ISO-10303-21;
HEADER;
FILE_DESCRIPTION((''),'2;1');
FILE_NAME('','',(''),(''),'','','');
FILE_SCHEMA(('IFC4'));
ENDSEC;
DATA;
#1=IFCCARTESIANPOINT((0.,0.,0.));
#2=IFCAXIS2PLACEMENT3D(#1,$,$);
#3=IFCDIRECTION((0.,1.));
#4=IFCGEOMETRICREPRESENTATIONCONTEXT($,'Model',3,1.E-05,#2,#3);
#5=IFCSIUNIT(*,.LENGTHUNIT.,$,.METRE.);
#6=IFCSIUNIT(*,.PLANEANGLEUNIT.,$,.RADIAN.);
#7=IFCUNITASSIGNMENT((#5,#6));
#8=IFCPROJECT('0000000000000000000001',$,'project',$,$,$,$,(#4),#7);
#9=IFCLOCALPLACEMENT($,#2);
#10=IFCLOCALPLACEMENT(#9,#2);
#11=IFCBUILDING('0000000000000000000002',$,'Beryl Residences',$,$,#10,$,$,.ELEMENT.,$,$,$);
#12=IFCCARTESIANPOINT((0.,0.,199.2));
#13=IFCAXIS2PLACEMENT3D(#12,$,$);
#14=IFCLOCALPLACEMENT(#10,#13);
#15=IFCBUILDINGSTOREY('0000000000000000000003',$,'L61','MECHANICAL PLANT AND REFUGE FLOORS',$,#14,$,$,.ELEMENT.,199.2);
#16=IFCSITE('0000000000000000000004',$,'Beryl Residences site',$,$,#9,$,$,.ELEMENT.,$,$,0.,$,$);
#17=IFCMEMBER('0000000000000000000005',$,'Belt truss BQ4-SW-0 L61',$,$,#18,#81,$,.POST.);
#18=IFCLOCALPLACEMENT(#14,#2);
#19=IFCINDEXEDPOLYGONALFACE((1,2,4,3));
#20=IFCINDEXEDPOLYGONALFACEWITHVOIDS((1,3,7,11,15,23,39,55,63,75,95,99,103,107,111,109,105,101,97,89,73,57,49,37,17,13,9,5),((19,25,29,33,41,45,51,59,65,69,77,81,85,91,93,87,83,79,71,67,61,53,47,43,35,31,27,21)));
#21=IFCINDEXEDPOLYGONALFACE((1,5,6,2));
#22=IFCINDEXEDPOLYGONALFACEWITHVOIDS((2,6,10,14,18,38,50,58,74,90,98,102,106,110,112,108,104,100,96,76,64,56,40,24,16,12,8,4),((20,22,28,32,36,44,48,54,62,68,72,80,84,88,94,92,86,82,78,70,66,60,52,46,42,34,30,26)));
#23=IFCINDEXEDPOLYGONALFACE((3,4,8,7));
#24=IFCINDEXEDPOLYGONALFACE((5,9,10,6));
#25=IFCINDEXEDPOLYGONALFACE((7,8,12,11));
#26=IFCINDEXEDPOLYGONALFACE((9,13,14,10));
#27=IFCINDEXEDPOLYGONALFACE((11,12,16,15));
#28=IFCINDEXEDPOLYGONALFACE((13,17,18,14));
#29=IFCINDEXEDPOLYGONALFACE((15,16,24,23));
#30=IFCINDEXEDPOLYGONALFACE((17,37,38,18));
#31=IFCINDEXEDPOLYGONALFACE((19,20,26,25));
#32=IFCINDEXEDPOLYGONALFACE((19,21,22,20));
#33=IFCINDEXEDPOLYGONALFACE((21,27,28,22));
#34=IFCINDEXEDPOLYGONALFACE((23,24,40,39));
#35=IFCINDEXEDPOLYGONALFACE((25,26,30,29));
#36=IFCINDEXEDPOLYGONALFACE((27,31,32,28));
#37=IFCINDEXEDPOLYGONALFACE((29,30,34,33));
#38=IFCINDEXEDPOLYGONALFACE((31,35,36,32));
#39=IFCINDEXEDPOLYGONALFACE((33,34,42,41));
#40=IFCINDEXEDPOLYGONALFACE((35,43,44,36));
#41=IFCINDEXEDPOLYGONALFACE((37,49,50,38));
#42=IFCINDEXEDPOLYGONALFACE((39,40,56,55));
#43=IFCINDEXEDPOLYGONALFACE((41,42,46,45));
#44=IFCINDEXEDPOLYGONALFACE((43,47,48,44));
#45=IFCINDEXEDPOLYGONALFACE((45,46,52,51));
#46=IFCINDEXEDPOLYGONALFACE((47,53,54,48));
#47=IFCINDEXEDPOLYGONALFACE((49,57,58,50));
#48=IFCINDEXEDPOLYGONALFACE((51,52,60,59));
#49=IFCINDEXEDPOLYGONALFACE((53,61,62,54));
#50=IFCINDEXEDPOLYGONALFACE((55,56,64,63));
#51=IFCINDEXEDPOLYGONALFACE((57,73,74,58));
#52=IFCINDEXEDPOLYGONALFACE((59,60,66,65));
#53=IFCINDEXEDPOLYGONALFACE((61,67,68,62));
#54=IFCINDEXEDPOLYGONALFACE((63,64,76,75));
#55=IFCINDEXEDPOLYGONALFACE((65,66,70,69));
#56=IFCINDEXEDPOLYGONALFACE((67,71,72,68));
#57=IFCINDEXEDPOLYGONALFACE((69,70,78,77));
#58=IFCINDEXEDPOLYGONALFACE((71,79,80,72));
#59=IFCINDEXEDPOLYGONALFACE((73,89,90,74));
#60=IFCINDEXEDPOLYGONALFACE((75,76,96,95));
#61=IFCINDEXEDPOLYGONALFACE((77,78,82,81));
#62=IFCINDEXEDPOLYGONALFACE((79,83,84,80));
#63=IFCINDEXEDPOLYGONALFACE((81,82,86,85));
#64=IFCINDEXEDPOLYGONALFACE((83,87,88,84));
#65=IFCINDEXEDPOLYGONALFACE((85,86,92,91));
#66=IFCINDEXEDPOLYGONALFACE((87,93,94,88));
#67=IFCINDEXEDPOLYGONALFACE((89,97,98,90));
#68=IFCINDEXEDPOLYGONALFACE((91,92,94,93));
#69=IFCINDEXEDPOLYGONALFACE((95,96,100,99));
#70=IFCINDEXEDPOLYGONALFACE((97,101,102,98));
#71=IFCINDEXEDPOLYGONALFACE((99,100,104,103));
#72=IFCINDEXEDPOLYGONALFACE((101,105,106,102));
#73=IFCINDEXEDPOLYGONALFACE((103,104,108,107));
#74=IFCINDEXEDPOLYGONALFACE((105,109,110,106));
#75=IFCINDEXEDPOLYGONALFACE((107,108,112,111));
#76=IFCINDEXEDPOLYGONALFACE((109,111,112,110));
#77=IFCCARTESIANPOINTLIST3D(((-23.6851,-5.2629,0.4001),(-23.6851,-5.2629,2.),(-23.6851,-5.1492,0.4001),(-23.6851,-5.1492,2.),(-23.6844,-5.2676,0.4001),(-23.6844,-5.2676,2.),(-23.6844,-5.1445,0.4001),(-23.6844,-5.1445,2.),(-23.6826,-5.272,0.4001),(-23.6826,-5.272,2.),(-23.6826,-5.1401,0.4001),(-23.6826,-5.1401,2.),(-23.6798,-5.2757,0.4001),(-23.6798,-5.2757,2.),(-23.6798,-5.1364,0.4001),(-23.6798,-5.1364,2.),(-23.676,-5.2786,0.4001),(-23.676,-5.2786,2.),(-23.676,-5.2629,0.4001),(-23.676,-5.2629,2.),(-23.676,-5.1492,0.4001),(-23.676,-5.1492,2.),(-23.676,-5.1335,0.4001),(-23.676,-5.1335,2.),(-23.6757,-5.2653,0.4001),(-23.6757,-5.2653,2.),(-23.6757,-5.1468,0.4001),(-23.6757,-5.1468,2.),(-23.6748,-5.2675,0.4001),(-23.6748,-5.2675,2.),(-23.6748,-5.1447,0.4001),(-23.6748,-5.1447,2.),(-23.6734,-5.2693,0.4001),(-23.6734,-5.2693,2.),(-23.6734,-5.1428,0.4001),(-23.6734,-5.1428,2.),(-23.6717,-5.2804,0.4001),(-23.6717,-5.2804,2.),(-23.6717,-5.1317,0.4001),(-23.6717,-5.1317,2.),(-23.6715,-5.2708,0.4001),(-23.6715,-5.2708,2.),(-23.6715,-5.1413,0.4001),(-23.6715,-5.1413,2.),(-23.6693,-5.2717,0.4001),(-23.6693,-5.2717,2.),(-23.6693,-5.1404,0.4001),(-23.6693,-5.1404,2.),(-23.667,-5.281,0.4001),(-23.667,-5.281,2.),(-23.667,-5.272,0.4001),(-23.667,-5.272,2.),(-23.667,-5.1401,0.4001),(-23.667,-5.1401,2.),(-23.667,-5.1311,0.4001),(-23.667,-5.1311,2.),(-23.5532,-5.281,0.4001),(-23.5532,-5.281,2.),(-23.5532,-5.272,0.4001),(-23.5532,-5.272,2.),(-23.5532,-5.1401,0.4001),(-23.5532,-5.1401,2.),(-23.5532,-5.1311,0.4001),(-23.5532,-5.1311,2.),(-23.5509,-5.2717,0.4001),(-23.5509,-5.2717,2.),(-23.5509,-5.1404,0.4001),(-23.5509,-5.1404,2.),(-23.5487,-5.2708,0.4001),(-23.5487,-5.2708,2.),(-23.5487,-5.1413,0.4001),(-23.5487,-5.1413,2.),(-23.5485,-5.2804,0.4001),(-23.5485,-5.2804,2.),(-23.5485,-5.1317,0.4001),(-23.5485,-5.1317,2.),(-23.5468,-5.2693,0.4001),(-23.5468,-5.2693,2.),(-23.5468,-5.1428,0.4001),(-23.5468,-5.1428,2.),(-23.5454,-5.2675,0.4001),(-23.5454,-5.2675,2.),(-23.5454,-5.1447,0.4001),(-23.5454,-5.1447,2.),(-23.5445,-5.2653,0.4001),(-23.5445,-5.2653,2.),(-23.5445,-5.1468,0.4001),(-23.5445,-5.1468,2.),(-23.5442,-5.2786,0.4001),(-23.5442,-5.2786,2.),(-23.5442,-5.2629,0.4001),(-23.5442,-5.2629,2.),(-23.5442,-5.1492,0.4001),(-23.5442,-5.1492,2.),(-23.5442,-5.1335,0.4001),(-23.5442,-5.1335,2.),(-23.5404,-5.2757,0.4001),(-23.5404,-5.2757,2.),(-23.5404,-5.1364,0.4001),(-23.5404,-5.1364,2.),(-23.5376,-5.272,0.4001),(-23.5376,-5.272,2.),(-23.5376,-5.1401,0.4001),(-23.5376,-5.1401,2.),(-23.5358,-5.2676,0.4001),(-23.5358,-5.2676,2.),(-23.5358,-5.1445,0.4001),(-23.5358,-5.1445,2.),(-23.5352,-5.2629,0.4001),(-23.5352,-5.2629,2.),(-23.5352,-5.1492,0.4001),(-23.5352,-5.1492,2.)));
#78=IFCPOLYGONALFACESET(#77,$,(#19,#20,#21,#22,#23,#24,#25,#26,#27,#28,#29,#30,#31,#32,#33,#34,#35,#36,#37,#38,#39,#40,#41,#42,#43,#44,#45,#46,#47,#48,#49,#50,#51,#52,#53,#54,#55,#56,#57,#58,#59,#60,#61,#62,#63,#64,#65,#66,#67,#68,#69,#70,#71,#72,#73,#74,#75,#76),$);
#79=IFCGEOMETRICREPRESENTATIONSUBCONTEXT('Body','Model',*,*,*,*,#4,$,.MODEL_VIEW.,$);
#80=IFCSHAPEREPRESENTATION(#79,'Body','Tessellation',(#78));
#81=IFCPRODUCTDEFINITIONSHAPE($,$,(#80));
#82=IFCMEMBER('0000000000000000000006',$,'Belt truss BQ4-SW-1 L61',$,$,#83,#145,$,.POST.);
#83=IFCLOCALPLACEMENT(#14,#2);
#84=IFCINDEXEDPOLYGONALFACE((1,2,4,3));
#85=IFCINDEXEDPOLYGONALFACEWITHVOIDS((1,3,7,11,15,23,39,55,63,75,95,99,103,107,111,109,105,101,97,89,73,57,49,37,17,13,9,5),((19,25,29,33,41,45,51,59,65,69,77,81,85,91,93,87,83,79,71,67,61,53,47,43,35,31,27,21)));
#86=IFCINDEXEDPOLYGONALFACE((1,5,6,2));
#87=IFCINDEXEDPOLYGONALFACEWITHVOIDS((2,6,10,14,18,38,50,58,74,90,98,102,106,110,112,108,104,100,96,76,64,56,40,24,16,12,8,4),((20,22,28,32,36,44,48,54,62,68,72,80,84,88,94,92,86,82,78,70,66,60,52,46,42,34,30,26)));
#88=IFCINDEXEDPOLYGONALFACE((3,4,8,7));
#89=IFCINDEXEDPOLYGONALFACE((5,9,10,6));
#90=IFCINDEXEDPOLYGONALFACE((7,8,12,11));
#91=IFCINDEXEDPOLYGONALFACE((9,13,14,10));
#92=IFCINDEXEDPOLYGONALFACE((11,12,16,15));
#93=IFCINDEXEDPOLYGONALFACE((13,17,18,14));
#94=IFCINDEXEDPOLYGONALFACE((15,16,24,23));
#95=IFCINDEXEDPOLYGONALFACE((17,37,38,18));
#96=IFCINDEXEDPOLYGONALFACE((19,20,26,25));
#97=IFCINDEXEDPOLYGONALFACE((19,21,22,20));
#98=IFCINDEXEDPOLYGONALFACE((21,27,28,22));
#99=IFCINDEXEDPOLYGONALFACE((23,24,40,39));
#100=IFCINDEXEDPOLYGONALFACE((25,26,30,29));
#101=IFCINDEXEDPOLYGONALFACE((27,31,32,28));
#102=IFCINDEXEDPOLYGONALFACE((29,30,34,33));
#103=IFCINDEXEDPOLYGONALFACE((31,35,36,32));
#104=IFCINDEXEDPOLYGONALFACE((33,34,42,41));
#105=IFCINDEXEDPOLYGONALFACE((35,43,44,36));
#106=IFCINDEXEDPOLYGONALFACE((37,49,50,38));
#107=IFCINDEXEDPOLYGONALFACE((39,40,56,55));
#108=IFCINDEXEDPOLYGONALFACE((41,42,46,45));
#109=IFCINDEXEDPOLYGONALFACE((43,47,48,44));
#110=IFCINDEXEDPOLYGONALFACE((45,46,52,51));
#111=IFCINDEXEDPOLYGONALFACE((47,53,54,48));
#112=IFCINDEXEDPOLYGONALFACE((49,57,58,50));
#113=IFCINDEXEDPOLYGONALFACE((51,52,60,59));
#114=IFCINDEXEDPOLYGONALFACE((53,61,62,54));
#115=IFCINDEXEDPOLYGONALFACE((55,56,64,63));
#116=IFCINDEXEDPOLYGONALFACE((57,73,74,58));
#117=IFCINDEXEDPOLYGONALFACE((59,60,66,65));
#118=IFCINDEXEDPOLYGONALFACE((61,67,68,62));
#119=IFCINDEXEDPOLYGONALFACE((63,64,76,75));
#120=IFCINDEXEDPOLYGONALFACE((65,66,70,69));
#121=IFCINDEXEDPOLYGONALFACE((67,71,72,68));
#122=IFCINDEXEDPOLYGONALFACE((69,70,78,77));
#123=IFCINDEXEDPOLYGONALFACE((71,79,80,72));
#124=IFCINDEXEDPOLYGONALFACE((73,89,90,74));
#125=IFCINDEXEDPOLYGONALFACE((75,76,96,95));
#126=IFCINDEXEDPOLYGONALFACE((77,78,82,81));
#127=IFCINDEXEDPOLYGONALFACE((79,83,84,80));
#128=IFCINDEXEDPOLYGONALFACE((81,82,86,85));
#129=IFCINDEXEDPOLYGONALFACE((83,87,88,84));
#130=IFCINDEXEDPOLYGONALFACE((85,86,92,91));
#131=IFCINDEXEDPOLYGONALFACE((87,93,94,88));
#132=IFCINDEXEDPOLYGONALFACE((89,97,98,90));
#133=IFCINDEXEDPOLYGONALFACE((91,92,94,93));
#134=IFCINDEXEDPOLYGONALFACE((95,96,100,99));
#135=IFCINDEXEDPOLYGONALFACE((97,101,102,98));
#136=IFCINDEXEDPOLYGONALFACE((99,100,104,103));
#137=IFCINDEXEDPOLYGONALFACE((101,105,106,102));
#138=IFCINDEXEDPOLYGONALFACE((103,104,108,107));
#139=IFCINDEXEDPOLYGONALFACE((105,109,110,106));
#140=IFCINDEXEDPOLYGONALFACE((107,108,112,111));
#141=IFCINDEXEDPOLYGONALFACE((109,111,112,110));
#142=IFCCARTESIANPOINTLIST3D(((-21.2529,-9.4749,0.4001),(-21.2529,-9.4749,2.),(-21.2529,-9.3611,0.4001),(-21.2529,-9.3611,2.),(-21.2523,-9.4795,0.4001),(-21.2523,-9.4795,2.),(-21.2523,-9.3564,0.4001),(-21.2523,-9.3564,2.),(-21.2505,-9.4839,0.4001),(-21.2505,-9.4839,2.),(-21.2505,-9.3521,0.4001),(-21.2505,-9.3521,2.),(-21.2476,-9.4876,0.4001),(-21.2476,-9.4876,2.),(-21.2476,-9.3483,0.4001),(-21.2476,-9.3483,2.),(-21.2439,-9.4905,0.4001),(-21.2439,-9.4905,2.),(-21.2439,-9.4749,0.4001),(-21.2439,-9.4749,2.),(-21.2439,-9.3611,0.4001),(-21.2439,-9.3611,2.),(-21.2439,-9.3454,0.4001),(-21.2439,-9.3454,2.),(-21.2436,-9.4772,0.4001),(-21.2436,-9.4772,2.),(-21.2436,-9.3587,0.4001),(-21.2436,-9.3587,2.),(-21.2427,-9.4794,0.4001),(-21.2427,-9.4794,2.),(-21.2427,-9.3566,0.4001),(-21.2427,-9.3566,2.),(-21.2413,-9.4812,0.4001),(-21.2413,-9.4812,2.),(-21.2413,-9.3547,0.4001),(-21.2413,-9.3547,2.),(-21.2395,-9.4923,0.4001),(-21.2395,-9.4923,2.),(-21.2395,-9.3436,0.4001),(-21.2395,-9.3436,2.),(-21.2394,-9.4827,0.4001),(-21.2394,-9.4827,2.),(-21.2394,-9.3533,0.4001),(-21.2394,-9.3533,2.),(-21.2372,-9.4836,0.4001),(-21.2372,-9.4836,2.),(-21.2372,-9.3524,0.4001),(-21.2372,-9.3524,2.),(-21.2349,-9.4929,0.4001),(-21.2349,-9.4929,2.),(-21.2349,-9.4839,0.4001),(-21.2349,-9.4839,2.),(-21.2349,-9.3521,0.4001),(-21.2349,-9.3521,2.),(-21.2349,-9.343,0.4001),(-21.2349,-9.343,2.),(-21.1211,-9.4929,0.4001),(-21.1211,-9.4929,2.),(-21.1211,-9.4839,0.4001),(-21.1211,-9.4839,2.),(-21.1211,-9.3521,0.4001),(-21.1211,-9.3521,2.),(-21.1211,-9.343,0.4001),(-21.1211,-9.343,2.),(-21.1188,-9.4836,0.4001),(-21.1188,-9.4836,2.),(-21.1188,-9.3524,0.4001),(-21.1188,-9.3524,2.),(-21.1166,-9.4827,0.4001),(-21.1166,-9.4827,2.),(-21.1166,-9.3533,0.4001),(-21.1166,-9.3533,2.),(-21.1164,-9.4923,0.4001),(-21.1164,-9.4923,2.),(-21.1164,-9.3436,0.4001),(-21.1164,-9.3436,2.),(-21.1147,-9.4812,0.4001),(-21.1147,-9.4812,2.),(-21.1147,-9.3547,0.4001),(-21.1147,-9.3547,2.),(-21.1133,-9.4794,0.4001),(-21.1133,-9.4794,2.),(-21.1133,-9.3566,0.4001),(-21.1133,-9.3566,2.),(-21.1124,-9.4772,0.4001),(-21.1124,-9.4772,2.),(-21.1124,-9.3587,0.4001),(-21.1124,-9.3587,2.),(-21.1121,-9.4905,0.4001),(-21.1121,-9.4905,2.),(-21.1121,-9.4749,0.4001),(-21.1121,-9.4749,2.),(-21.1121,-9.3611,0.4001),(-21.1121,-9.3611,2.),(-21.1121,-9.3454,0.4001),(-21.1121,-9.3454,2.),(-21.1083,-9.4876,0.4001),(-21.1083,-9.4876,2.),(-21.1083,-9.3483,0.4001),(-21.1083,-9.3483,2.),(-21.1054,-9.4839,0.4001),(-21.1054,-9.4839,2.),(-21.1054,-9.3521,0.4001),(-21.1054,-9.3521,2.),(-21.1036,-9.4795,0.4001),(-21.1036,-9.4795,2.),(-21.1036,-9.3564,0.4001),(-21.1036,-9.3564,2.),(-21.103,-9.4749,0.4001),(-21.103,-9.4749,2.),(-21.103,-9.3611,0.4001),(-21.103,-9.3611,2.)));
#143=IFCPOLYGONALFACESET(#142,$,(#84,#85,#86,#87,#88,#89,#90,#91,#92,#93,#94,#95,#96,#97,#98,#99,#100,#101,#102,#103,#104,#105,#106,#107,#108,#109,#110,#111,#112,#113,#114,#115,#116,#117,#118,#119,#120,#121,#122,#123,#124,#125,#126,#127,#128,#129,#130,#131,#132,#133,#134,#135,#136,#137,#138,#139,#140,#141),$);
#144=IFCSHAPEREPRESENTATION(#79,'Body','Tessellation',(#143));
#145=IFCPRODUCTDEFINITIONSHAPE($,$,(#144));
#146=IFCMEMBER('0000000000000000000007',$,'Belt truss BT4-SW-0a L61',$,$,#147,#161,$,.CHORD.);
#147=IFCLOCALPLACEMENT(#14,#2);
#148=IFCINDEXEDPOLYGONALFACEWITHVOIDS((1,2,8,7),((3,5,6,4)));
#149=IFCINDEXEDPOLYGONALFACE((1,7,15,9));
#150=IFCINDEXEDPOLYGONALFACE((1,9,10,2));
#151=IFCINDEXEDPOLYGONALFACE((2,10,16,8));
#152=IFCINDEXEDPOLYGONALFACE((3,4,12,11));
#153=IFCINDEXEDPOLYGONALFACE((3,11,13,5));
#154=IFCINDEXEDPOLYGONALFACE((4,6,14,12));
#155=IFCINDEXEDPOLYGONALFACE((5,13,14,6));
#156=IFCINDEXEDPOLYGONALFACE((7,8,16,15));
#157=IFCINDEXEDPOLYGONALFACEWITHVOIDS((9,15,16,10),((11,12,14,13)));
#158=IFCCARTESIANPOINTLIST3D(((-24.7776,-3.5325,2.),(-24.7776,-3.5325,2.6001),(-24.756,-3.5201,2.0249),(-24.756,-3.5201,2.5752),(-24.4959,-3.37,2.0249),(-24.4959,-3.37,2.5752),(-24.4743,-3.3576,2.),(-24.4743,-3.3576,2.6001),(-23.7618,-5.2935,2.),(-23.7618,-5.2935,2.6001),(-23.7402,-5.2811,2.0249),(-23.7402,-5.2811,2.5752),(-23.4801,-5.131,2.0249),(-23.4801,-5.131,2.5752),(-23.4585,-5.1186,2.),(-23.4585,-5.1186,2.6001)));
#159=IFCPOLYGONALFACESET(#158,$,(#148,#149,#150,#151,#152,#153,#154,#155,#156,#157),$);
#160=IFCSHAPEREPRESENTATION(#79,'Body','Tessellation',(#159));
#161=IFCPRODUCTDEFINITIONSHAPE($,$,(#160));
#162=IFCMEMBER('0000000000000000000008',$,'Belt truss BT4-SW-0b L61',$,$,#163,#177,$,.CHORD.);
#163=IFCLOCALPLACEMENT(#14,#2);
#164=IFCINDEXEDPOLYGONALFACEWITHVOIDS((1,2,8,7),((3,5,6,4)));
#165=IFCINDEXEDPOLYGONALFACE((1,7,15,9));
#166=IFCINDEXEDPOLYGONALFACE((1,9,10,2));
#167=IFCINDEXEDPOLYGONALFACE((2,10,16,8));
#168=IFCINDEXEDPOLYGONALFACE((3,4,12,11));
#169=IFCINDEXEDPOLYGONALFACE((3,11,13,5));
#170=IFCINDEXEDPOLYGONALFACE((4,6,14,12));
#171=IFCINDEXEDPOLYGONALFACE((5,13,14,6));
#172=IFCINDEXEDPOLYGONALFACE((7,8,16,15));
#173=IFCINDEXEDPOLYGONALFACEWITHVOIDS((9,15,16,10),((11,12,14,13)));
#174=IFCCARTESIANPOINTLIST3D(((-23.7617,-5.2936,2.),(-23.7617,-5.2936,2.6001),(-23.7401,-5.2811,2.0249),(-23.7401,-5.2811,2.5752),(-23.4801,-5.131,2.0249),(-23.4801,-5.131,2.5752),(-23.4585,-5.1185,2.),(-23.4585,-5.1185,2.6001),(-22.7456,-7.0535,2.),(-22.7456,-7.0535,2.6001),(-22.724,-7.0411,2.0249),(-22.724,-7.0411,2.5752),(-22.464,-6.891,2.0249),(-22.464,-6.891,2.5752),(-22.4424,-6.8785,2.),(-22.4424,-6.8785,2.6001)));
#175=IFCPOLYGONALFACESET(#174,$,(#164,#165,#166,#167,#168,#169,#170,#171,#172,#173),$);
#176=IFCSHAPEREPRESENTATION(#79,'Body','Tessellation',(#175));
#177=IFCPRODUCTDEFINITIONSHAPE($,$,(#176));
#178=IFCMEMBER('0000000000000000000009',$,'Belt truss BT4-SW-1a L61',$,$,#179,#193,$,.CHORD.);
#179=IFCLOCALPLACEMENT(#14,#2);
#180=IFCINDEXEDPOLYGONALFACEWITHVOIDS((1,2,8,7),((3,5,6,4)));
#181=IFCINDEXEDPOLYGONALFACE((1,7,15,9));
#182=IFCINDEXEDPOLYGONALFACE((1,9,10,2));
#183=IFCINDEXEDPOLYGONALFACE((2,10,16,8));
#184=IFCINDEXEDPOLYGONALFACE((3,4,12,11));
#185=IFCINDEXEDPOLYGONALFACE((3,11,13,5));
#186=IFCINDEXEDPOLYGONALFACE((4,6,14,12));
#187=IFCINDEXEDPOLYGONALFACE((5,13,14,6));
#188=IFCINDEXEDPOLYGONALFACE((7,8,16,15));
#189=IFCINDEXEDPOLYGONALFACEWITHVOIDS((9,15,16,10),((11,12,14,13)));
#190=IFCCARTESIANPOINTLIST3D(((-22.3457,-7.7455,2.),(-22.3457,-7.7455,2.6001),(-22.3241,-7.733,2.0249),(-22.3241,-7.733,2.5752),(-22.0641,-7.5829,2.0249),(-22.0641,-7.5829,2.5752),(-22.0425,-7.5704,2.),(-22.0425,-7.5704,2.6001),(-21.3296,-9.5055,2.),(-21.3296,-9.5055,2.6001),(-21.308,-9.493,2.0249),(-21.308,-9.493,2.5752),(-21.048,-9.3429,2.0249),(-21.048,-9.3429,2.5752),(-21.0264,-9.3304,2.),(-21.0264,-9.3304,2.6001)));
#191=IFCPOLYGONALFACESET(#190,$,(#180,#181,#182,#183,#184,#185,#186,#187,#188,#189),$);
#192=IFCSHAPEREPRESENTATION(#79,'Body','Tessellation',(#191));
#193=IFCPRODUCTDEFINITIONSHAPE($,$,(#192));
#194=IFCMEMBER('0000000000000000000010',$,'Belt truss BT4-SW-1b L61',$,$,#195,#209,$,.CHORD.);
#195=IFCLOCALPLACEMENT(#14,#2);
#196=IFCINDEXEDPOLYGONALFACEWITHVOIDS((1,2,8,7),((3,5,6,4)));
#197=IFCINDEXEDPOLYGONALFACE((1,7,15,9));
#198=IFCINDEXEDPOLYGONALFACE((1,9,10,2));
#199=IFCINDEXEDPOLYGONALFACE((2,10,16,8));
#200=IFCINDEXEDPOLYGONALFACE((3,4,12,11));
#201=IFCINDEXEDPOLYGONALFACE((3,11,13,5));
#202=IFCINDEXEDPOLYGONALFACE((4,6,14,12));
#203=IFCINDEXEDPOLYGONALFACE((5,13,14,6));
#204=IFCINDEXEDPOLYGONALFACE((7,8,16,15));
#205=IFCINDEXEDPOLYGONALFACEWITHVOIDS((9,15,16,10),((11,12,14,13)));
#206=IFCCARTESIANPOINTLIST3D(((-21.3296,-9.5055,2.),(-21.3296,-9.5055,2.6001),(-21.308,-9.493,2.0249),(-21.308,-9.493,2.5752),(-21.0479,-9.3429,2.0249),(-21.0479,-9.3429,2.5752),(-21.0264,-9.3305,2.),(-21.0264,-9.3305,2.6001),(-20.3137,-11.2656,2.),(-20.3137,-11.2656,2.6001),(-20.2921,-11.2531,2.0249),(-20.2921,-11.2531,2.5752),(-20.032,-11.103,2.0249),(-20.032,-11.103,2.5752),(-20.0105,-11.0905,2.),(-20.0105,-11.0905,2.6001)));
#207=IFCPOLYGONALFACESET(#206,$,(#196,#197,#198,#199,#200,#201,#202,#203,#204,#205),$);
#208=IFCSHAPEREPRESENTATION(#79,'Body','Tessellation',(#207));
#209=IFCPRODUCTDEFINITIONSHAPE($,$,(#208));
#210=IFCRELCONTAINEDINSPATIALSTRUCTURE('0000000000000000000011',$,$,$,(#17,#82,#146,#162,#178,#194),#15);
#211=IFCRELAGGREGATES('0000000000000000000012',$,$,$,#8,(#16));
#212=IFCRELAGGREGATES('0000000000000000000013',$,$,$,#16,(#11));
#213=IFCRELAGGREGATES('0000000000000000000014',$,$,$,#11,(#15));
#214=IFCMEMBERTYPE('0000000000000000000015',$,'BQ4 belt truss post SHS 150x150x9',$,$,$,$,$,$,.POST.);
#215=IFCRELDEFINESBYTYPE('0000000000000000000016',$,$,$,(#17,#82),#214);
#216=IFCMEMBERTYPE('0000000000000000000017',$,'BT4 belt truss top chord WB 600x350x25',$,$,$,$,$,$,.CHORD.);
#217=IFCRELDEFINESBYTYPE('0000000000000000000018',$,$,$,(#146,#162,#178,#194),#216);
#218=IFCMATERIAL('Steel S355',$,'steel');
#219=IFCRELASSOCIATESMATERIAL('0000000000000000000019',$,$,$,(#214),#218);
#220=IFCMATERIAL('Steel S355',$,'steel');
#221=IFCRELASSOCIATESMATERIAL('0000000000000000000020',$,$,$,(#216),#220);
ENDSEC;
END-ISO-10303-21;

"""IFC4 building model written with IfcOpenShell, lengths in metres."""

from ifc_helpers import new_model, si_unit, direction, frame, origin, origin_2d, place, context, subcontext, project, spatial, hollow_rectangle, extrude, material, material_profile, profile_set, type_object, element, save


model = new_model("IFC4")

# Units and contexts
model_context = context("Model", 3, precision=1e-05, world=origin(), true_north=direction((0.0, 1.0)))
body_context = subcontext(model_context, "Body", "Model", "MODEL_VIEW")
ifc_project = project(units=[si_unit("LENGTHUNIT", "METRE"), si_unit("PLANEANGLEUNIT", "RADIAN")], contexts=[model_context])

# Site, building, storey
site_placement = place(None, origin())
site = spatial("IfcSite", under=ifc_project, at=site_placement, Name="Beryl Residences site", CompositionType="ELEMENT", RefElevation=0.0)
building_placement = place(site_placement, origin())
building = spatial("IfcBuilding", under=site, at=building_placement, Name="Beryl Residences", CompositionType="ELEMENT")
storey_placement = place(building_placement, frame((0.0, 0.0, 199.2)))
storey = spatial("IfcBuildingStorey", under=building, at=storey_placement, Name="L61", Description="MECHANICAL PLANT AND REFUGE FLOORS", CompositionType="ELEMENT", Elevation=199.2)

# Members
ifc_material_1 = material(Name="Steel S355", Category="steel")
ifc_material_profile_1 = material_profile(ifc_material_1, hollow_rectangle(XDim=0.1499, YDim=0.1499, WallThickness=0.009, InnerFilletRadius=0.009, OuterFilletRadius=0.0181, at=origin_2d()))
ifc_profile_set_1 = profile_set([ifc_material_profile_1], Name="Steel S355")
member_type_1 = type_object("IfcMemberType", Name="BQ4 belt truss post SHS 150x150x9", PredefinedType="POST", material=ifc_profile_set_1)
for number, where, z_axis, x_axis, name in (
    (1, (-23.6101, -5.2061, 0.4001), (0.0, 0.0, 1.0), (1.0, 0.0, 0.0), "Belt truss BQ4-SW-0 L61"),
    (2, (-21.178, -9.418, 0.4001), (0.0, 0.0, 1.0), (1.0, 0.0, 0.0), "Belt truss BQ4-SW-1 L61"),
):
    element("IfcMember", number, at=place(storey_placement, frame(where, z_axis=z_axis, x_axis=x_axis)), inside=storey, type_object=member_type_1, Name=name, PredefinedType="POST", context=body_context, shape_type="SweptSolid", body=[
        extrude(hollow_rectangle(XDim=0.1499, YDim=0.1499, WallThickness=0.009, InnerFilletRadius=0.009, OuterFilletRadius=0.0181, at=origin_2d()), origin(), (0.0, 0.0, 1.0), 1.5999),
    ])
ifc_material_2 = material(Name="Steel S355", Category="steel")
ifc_material_profile_2 = material_profile(ifc_material_2, hollow_rectangle(XDim=0.3501, YDim=0.6001, WallThickness=0.0249, at=origin_2d()))
ifc_profile_set_2 = profile_set([ifc_material_profile_2], Name="Steel S355")
member_type_2 = type_object("IfcMemberType", Name="BT4 belt truss top chord WB 600x350x25", PredefinedType="CHORD", material=ifc_profile_set_2)
member_1_placement = place(storey_placement, frame((-24.626, -3.4451, 2.3), z_axis=(0.499691, -0.866204, 0.0), x_axis=(0.866204, 0.499691, 0.0)))
element("IfcMember", 3, at=member_1_placement, inside=storey, type_object=member_type_2, Name="Belt truss BT4-SW-0a L61", PredefinedType="CHORD", context=body_context, shape_type="SweptSolid", body=[
    extrude(hollow_rectangle(XDim=0.3501, YDim=0.6001, WallThickness=0.0249, at=origin_2d()), origin(), (0.0, 0.0, 1.0), 2.033),
])
for number, where, z_axis, x_axis, name in (
    (4, (-23.6101, -5.2061, 2.3), (0.499989, -0.866032, 0.0), (0.866032, 0.499989, 0.0), "Belt truss BT4-SW-0b L61"),
    (5, (-22.1941, -7.658, 2.3), (0.499989, -0.866032, 0.0), (0.866032, 0.499989, 0.0), "Belt truss BT4-SW-1a L61"),
    (6, (-21.178, -9.418, 2.3), (0.499899, -0.866084, 0.0), (0.866084, 0.499899, 0.0), "Belt truss BT4-SW-1b L61"),
):
    element("IfcMember", number, at=place(storey_placement, frame(where, z_axis=z_axis, x_axis=x_axis)), inside=storey, type_object=member_type_2, Name=name, PredefinedType="CHORD", context=body_context, shape_type="SweptSolid", body=[
        extrude(hollow_rectangle(XDim=0.3501, YDim=0.6001, WallThickness=0.0249, at=origin_2d()), origin(), (0.0, 0.0, 1.0), 2.0322),
    ])

save(model, "model.ifc")
